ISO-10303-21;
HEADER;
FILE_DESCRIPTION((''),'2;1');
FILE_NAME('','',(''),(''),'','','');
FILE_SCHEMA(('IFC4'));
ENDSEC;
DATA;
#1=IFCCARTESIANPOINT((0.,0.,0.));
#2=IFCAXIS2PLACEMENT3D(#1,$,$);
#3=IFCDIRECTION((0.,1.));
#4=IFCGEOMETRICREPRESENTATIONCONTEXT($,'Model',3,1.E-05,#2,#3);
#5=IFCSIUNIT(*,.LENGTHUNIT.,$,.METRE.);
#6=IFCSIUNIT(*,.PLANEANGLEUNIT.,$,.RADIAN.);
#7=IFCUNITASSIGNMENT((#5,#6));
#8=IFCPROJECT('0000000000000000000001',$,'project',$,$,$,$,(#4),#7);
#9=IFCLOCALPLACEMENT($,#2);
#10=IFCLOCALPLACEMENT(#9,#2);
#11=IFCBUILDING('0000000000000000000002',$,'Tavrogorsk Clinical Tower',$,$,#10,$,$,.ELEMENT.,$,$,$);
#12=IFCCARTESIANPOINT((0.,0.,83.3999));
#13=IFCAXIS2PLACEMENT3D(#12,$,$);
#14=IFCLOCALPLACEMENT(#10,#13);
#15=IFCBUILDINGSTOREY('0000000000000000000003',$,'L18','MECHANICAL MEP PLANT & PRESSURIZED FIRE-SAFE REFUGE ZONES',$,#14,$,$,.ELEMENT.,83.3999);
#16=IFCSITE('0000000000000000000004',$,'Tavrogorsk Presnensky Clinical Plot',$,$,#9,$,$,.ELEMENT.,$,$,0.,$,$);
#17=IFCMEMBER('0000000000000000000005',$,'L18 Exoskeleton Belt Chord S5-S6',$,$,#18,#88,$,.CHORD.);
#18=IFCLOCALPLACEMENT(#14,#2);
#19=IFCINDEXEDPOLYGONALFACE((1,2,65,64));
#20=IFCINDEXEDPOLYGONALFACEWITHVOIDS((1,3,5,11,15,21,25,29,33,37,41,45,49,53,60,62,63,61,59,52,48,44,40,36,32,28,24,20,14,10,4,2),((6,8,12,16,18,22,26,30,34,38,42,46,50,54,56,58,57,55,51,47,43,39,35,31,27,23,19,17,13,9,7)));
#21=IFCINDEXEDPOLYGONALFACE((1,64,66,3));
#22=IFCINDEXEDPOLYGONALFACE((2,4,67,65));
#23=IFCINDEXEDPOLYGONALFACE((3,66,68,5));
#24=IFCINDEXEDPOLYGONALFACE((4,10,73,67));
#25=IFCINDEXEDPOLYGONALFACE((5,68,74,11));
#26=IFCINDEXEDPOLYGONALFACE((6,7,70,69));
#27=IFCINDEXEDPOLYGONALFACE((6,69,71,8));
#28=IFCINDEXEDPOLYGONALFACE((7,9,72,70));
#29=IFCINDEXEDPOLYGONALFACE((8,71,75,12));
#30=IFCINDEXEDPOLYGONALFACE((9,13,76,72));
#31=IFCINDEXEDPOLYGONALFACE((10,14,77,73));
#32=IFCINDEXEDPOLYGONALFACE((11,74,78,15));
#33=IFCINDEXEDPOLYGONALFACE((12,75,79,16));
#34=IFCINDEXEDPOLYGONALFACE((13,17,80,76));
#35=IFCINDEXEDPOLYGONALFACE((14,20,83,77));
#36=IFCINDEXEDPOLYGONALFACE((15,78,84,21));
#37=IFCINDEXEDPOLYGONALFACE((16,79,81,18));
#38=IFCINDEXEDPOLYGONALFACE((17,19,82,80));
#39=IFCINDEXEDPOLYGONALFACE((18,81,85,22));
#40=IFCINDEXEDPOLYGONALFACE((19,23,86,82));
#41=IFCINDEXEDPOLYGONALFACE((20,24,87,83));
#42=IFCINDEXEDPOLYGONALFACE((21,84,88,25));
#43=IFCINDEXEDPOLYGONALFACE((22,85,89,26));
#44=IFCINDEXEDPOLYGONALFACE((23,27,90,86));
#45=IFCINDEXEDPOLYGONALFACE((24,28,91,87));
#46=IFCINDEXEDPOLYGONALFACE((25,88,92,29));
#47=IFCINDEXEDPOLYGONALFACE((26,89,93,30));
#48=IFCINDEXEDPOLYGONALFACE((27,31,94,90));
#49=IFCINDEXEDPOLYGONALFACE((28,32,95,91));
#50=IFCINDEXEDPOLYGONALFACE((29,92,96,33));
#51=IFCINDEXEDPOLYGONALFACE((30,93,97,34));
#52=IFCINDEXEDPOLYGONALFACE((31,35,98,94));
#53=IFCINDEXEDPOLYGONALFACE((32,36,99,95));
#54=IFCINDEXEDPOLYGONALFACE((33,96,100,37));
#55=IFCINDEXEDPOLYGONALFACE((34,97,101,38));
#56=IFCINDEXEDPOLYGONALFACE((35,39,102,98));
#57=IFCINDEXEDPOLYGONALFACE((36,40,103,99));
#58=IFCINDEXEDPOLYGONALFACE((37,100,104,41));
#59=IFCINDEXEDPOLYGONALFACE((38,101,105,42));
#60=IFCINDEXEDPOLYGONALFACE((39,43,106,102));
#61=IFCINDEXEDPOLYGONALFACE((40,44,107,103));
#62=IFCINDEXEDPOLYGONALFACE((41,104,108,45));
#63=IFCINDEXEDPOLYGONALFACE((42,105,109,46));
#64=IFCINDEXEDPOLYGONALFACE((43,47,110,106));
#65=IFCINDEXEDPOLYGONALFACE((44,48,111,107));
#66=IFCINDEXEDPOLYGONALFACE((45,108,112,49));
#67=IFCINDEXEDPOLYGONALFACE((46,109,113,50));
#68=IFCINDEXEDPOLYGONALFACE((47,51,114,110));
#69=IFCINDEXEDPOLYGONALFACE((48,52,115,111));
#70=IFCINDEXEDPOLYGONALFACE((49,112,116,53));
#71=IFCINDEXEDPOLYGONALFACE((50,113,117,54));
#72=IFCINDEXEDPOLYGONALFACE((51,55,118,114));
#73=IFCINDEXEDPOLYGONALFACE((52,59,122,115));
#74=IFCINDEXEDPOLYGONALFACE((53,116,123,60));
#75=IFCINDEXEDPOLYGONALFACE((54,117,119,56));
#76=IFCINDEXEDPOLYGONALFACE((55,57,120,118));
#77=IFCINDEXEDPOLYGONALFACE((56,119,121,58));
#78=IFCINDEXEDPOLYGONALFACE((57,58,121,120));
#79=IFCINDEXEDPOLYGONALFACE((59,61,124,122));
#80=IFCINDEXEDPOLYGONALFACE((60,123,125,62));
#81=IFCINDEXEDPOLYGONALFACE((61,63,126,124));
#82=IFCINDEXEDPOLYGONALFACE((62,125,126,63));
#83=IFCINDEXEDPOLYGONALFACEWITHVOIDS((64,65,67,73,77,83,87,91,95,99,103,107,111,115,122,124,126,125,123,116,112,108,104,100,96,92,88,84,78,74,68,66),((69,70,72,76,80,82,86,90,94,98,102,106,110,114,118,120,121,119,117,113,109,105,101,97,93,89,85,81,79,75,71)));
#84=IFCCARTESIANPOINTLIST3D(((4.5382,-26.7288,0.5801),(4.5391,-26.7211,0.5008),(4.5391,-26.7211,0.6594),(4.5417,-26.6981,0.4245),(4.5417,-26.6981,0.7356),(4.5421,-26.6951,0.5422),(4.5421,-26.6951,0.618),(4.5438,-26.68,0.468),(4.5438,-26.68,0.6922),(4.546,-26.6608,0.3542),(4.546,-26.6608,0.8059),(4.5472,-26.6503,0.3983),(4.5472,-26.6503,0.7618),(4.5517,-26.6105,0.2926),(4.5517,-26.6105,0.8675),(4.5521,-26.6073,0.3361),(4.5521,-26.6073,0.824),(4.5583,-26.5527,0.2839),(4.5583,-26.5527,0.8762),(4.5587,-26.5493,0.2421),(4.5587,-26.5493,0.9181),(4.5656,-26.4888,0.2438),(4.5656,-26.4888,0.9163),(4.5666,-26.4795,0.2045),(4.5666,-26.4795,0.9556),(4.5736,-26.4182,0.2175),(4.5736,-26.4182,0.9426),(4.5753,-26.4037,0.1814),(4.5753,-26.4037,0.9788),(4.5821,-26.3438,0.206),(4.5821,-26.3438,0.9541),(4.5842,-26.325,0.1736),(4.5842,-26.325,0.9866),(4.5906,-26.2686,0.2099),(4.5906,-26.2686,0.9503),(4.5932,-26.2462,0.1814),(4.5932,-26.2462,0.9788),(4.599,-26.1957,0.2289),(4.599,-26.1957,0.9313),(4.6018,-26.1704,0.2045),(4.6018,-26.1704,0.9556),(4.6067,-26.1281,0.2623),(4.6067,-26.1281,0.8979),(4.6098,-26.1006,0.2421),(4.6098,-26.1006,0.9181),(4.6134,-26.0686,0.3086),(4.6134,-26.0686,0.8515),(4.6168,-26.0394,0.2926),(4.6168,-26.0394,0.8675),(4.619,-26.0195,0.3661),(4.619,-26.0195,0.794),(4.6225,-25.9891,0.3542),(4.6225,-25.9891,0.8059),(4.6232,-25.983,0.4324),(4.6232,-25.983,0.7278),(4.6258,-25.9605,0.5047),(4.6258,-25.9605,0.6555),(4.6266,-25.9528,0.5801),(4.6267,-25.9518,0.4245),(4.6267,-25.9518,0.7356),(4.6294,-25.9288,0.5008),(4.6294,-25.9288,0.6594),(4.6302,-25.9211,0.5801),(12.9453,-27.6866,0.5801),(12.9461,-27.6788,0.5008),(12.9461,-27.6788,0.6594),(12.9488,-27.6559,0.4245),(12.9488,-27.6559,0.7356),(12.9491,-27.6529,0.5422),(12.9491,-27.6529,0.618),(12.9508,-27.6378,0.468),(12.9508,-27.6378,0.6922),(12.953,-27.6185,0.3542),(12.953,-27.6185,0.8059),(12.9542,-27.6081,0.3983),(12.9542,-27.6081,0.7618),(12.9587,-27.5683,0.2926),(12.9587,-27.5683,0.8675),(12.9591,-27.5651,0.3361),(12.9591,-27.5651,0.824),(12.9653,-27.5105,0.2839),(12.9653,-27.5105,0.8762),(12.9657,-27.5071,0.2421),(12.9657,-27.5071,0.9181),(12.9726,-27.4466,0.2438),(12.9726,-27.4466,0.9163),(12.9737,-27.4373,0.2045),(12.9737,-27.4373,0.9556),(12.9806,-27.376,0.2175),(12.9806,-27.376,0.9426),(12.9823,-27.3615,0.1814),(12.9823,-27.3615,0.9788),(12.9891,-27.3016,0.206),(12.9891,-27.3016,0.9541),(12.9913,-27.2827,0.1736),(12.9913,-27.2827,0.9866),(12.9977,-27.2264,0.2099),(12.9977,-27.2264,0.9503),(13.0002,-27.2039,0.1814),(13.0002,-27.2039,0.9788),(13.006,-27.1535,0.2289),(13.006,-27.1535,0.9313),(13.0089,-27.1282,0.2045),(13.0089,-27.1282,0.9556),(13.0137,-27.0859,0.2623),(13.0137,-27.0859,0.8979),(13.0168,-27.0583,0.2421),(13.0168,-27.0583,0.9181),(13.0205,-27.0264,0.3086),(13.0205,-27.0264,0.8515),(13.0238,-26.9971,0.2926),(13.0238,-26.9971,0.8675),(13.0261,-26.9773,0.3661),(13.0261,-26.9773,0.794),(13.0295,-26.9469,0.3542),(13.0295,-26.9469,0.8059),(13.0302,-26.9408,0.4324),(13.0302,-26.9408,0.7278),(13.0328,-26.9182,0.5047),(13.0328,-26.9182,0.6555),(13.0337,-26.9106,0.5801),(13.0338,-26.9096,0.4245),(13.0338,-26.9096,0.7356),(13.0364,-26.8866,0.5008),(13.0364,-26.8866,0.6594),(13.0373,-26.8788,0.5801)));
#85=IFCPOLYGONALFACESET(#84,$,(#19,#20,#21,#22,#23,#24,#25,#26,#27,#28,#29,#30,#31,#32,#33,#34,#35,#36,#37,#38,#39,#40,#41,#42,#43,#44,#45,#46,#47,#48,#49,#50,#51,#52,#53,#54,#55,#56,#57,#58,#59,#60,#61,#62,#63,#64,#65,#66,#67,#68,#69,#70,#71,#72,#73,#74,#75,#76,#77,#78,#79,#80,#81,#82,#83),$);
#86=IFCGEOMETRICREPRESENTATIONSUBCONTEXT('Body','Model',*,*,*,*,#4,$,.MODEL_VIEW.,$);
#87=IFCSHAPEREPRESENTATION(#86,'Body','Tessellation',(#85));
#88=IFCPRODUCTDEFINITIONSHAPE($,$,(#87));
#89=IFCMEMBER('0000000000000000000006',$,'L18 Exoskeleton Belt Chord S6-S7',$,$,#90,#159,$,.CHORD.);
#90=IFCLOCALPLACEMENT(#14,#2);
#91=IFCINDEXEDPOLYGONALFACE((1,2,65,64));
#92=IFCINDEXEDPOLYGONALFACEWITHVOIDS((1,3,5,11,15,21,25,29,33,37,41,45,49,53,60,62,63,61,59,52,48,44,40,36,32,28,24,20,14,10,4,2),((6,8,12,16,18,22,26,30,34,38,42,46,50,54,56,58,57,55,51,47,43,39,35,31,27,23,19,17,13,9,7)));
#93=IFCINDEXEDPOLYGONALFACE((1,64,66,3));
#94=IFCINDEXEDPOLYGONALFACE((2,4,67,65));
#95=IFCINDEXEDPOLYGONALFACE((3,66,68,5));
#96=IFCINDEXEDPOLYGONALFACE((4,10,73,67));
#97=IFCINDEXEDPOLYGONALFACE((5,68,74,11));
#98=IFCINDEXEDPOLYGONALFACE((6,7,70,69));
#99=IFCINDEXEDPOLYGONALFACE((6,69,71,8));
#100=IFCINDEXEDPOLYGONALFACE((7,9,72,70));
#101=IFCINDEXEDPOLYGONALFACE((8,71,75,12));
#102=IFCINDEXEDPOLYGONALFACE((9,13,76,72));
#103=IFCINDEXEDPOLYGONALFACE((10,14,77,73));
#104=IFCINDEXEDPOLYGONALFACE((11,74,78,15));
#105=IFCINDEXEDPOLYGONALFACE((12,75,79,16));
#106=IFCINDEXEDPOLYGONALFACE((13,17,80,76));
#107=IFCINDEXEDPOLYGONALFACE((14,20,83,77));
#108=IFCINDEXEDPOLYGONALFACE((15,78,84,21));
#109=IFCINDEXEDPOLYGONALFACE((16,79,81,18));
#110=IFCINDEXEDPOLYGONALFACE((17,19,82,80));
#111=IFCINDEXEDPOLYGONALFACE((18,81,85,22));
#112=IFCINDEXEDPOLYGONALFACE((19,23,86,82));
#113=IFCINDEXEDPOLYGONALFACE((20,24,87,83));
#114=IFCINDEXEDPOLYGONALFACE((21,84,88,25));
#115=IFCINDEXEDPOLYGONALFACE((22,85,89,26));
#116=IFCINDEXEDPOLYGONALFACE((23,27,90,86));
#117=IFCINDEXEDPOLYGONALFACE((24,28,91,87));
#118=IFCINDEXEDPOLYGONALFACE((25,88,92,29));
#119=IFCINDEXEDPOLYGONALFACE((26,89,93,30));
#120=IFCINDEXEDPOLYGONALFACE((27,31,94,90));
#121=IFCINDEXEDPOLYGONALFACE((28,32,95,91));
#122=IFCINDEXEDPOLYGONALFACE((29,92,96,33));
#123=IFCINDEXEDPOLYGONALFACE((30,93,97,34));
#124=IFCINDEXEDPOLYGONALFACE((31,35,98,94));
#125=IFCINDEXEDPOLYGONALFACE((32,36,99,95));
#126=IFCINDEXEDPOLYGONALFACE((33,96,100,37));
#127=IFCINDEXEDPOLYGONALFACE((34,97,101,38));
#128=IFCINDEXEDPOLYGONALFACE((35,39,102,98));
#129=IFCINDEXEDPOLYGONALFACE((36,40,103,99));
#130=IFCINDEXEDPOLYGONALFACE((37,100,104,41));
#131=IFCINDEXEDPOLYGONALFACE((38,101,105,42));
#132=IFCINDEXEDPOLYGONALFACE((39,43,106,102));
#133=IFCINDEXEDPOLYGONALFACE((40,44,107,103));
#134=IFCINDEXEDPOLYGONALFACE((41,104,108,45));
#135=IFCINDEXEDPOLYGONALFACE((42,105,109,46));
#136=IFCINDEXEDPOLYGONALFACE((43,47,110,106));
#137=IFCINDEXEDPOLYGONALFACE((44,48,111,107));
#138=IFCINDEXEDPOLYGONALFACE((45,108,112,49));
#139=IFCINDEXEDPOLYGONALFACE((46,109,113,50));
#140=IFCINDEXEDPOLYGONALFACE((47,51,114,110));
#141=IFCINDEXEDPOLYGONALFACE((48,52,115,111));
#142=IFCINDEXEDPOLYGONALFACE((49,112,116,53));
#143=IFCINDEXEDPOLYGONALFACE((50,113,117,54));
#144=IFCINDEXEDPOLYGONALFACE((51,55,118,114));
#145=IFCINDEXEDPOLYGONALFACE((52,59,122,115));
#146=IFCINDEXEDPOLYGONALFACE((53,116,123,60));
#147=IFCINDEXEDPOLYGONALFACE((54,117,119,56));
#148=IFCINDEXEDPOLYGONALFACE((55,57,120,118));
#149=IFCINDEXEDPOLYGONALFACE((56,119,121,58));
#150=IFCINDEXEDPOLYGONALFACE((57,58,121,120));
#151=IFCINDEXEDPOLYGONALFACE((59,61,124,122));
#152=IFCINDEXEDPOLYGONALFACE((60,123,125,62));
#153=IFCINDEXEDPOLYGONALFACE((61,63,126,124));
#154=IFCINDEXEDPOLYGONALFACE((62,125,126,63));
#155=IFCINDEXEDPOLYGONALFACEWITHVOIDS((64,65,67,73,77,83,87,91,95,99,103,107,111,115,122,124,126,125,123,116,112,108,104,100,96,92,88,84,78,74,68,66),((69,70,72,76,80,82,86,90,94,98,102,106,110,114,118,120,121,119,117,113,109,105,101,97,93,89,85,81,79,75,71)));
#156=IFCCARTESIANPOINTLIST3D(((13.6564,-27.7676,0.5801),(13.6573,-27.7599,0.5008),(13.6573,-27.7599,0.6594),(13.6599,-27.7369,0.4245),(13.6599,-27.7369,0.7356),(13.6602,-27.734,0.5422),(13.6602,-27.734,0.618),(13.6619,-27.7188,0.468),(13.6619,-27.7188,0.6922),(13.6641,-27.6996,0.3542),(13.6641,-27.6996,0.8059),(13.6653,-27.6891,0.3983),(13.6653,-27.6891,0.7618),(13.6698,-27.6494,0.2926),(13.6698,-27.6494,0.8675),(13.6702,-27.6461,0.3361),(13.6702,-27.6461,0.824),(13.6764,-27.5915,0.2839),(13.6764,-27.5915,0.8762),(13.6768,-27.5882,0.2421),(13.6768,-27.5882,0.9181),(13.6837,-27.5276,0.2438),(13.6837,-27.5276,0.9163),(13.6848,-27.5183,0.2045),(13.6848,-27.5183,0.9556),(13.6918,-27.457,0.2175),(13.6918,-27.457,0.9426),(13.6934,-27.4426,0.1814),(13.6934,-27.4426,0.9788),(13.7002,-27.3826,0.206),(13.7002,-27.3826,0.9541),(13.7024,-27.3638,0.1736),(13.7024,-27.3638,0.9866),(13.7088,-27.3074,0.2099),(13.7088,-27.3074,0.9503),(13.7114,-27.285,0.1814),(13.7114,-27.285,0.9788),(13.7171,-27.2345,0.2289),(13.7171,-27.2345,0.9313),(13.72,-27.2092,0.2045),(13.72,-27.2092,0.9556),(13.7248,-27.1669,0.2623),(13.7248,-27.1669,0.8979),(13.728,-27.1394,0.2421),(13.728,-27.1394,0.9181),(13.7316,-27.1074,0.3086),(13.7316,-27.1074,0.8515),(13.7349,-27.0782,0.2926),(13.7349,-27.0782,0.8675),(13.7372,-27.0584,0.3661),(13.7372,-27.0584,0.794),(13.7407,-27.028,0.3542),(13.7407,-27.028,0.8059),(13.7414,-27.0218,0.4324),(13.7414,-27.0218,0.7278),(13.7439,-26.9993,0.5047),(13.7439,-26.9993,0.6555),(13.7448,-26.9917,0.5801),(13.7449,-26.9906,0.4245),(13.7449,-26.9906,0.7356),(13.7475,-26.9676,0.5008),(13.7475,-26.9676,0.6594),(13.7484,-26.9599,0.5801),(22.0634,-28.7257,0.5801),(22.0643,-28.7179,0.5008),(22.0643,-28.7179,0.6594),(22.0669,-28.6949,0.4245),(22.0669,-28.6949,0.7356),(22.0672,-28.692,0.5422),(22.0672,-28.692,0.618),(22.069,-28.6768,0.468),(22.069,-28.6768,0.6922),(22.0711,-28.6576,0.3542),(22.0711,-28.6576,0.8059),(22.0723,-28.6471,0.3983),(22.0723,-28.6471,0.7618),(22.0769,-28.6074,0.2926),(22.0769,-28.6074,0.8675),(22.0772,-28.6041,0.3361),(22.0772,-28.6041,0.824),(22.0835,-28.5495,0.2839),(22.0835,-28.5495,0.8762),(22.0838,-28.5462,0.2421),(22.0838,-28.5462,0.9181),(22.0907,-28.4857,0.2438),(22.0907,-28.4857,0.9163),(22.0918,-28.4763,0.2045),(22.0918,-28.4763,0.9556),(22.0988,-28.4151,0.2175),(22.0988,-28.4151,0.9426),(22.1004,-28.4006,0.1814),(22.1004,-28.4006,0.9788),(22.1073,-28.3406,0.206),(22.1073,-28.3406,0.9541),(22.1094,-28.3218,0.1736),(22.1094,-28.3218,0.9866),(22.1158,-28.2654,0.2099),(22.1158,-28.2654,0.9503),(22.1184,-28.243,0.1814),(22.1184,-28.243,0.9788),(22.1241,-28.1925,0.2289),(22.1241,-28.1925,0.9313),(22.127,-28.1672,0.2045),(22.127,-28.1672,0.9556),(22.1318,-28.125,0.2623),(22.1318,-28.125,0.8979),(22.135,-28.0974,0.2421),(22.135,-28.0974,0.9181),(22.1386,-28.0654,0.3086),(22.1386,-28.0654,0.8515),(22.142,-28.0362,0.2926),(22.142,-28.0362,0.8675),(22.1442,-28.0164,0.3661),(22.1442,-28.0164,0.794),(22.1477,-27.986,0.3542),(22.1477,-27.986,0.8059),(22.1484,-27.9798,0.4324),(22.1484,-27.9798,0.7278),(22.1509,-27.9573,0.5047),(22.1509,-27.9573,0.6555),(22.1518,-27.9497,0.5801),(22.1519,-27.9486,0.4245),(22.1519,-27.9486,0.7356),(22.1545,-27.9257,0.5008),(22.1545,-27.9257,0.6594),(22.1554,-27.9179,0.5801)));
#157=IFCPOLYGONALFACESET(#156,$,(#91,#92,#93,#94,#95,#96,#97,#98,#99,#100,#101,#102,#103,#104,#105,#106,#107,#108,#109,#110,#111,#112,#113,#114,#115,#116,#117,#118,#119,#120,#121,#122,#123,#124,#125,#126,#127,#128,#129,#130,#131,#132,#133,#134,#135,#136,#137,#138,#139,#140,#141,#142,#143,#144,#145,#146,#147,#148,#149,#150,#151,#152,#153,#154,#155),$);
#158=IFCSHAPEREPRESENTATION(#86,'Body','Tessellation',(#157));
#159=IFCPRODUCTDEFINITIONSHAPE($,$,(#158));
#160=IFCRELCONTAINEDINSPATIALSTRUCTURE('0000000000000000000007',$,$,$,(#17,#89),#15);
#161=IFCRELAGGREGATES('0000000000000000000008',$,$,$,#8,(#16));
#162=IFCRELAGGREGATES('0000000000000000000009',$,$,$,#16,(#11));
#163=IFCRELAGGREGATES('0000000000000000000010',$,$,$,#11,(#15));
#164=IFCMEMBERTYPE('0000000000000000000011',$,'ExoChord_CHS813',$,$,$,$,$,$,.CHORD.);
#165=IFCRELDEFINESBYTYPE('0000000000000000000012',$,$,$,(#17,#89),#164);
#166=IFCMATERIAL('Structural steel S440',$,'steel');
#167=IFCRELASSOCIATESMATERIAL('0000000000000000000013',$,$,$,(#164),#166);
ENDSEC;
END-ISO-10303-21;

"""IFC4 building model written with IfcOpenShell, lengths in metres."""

from ifc_helpers import new_model, si_unit, direction, frame, origin, origin_2d, place, context, subcontext, project, spatial, hollow_circle, extrude, material, material_profile, profile_set, type_object, element, save


model = new_model("IFC4")

# Units and contexts
model_context = context("Model", 3, precision=1e-05, world=origin(), true_north=direction((0.0, 1.0)))
body_context = subcontext(model_context, "Body", "Model", "MODEL_VIEW")
ifc_project = project(units=[si_unit("LENGTHUNIT", "METRE"), si_unit("PLANEANGLEUNIT", "RADIAN")], contexts=[model_context])

# Site, building, storey
site_placement = place(None, origin())
site = spatial("IfcSite", under=ifc_project, at=site_placement, Name="Tavrogorsk Presnensky Clinical Plot", CompositionType="ELEMENT", RefElevation=0.0)
building_placement = place(site_placement, origin())
building = spatial("IfcBuilding", under=site, at=building_placement, Name="Tavrogorsk Clinical Tower", CompositionType="ELEMENT")
storey_placement = place(building_placement, frame((0.0, 0.0, 83.3999)))
storey = spatial("IfcBuildingStorey", under=building, at=storey_placement, Name="L18", Description="MECHANICAL MEP PLANT & PRESSURIZED FIRE-SAFE REFUGE ZONES", CompositionType="ELEMENT", Elevation=83.3999)

# Members
ifc_material_1 = material(Name="Structural steel S440", Category="steel")
ifc_material_profile_1 = material_profile(ifc_material_1, hollow_circle(Radius=0.4065, WallThickness=0.032, at=origin_2d()), Name="CHS-813x32")
ifc_profile_set_1 = profile_set([ifc_material_profile_1], Name="Structural steel S440")
member_type_1 = type_object("IfcMemberType", Name="ExoChord_CHS813", PredefinedType="CHORD", material=ifc_profile_set_1)
for number, where, z_axis, x_axis, name in (
    (1, (4.5842, -26.325, 0.5801), (0.993573, -0.113193, 0.0), (0.113193, 0.993573, 0.0), "L18 Exoskeleton Belt Chord S5-S6"),
    (2, (13.7024, -27.3638, 0.5801), (0.99357, -0.113221, 0.0), (0.113221, 0.99357, 0.0), "L18 Exoskeleton Belt Chord S6-S7"),
):
    element("IfcMember", number, at=place(storey_placement, frame(where, z_axis=z_axis, x_axis=x_axis)), inside=storey, type_object=member_type_1, Name=name, PredefinedType="CHORD", context=body_context, shape_type="SweptSolid", body=[
        extrude(hollow_circle(Radius=0.4065, WallThickness=0.032, at=origin_2d()), origin(), (0.0, 0.0, 1.0), 8.4614),
    ])

save(model, "model.ifc")
